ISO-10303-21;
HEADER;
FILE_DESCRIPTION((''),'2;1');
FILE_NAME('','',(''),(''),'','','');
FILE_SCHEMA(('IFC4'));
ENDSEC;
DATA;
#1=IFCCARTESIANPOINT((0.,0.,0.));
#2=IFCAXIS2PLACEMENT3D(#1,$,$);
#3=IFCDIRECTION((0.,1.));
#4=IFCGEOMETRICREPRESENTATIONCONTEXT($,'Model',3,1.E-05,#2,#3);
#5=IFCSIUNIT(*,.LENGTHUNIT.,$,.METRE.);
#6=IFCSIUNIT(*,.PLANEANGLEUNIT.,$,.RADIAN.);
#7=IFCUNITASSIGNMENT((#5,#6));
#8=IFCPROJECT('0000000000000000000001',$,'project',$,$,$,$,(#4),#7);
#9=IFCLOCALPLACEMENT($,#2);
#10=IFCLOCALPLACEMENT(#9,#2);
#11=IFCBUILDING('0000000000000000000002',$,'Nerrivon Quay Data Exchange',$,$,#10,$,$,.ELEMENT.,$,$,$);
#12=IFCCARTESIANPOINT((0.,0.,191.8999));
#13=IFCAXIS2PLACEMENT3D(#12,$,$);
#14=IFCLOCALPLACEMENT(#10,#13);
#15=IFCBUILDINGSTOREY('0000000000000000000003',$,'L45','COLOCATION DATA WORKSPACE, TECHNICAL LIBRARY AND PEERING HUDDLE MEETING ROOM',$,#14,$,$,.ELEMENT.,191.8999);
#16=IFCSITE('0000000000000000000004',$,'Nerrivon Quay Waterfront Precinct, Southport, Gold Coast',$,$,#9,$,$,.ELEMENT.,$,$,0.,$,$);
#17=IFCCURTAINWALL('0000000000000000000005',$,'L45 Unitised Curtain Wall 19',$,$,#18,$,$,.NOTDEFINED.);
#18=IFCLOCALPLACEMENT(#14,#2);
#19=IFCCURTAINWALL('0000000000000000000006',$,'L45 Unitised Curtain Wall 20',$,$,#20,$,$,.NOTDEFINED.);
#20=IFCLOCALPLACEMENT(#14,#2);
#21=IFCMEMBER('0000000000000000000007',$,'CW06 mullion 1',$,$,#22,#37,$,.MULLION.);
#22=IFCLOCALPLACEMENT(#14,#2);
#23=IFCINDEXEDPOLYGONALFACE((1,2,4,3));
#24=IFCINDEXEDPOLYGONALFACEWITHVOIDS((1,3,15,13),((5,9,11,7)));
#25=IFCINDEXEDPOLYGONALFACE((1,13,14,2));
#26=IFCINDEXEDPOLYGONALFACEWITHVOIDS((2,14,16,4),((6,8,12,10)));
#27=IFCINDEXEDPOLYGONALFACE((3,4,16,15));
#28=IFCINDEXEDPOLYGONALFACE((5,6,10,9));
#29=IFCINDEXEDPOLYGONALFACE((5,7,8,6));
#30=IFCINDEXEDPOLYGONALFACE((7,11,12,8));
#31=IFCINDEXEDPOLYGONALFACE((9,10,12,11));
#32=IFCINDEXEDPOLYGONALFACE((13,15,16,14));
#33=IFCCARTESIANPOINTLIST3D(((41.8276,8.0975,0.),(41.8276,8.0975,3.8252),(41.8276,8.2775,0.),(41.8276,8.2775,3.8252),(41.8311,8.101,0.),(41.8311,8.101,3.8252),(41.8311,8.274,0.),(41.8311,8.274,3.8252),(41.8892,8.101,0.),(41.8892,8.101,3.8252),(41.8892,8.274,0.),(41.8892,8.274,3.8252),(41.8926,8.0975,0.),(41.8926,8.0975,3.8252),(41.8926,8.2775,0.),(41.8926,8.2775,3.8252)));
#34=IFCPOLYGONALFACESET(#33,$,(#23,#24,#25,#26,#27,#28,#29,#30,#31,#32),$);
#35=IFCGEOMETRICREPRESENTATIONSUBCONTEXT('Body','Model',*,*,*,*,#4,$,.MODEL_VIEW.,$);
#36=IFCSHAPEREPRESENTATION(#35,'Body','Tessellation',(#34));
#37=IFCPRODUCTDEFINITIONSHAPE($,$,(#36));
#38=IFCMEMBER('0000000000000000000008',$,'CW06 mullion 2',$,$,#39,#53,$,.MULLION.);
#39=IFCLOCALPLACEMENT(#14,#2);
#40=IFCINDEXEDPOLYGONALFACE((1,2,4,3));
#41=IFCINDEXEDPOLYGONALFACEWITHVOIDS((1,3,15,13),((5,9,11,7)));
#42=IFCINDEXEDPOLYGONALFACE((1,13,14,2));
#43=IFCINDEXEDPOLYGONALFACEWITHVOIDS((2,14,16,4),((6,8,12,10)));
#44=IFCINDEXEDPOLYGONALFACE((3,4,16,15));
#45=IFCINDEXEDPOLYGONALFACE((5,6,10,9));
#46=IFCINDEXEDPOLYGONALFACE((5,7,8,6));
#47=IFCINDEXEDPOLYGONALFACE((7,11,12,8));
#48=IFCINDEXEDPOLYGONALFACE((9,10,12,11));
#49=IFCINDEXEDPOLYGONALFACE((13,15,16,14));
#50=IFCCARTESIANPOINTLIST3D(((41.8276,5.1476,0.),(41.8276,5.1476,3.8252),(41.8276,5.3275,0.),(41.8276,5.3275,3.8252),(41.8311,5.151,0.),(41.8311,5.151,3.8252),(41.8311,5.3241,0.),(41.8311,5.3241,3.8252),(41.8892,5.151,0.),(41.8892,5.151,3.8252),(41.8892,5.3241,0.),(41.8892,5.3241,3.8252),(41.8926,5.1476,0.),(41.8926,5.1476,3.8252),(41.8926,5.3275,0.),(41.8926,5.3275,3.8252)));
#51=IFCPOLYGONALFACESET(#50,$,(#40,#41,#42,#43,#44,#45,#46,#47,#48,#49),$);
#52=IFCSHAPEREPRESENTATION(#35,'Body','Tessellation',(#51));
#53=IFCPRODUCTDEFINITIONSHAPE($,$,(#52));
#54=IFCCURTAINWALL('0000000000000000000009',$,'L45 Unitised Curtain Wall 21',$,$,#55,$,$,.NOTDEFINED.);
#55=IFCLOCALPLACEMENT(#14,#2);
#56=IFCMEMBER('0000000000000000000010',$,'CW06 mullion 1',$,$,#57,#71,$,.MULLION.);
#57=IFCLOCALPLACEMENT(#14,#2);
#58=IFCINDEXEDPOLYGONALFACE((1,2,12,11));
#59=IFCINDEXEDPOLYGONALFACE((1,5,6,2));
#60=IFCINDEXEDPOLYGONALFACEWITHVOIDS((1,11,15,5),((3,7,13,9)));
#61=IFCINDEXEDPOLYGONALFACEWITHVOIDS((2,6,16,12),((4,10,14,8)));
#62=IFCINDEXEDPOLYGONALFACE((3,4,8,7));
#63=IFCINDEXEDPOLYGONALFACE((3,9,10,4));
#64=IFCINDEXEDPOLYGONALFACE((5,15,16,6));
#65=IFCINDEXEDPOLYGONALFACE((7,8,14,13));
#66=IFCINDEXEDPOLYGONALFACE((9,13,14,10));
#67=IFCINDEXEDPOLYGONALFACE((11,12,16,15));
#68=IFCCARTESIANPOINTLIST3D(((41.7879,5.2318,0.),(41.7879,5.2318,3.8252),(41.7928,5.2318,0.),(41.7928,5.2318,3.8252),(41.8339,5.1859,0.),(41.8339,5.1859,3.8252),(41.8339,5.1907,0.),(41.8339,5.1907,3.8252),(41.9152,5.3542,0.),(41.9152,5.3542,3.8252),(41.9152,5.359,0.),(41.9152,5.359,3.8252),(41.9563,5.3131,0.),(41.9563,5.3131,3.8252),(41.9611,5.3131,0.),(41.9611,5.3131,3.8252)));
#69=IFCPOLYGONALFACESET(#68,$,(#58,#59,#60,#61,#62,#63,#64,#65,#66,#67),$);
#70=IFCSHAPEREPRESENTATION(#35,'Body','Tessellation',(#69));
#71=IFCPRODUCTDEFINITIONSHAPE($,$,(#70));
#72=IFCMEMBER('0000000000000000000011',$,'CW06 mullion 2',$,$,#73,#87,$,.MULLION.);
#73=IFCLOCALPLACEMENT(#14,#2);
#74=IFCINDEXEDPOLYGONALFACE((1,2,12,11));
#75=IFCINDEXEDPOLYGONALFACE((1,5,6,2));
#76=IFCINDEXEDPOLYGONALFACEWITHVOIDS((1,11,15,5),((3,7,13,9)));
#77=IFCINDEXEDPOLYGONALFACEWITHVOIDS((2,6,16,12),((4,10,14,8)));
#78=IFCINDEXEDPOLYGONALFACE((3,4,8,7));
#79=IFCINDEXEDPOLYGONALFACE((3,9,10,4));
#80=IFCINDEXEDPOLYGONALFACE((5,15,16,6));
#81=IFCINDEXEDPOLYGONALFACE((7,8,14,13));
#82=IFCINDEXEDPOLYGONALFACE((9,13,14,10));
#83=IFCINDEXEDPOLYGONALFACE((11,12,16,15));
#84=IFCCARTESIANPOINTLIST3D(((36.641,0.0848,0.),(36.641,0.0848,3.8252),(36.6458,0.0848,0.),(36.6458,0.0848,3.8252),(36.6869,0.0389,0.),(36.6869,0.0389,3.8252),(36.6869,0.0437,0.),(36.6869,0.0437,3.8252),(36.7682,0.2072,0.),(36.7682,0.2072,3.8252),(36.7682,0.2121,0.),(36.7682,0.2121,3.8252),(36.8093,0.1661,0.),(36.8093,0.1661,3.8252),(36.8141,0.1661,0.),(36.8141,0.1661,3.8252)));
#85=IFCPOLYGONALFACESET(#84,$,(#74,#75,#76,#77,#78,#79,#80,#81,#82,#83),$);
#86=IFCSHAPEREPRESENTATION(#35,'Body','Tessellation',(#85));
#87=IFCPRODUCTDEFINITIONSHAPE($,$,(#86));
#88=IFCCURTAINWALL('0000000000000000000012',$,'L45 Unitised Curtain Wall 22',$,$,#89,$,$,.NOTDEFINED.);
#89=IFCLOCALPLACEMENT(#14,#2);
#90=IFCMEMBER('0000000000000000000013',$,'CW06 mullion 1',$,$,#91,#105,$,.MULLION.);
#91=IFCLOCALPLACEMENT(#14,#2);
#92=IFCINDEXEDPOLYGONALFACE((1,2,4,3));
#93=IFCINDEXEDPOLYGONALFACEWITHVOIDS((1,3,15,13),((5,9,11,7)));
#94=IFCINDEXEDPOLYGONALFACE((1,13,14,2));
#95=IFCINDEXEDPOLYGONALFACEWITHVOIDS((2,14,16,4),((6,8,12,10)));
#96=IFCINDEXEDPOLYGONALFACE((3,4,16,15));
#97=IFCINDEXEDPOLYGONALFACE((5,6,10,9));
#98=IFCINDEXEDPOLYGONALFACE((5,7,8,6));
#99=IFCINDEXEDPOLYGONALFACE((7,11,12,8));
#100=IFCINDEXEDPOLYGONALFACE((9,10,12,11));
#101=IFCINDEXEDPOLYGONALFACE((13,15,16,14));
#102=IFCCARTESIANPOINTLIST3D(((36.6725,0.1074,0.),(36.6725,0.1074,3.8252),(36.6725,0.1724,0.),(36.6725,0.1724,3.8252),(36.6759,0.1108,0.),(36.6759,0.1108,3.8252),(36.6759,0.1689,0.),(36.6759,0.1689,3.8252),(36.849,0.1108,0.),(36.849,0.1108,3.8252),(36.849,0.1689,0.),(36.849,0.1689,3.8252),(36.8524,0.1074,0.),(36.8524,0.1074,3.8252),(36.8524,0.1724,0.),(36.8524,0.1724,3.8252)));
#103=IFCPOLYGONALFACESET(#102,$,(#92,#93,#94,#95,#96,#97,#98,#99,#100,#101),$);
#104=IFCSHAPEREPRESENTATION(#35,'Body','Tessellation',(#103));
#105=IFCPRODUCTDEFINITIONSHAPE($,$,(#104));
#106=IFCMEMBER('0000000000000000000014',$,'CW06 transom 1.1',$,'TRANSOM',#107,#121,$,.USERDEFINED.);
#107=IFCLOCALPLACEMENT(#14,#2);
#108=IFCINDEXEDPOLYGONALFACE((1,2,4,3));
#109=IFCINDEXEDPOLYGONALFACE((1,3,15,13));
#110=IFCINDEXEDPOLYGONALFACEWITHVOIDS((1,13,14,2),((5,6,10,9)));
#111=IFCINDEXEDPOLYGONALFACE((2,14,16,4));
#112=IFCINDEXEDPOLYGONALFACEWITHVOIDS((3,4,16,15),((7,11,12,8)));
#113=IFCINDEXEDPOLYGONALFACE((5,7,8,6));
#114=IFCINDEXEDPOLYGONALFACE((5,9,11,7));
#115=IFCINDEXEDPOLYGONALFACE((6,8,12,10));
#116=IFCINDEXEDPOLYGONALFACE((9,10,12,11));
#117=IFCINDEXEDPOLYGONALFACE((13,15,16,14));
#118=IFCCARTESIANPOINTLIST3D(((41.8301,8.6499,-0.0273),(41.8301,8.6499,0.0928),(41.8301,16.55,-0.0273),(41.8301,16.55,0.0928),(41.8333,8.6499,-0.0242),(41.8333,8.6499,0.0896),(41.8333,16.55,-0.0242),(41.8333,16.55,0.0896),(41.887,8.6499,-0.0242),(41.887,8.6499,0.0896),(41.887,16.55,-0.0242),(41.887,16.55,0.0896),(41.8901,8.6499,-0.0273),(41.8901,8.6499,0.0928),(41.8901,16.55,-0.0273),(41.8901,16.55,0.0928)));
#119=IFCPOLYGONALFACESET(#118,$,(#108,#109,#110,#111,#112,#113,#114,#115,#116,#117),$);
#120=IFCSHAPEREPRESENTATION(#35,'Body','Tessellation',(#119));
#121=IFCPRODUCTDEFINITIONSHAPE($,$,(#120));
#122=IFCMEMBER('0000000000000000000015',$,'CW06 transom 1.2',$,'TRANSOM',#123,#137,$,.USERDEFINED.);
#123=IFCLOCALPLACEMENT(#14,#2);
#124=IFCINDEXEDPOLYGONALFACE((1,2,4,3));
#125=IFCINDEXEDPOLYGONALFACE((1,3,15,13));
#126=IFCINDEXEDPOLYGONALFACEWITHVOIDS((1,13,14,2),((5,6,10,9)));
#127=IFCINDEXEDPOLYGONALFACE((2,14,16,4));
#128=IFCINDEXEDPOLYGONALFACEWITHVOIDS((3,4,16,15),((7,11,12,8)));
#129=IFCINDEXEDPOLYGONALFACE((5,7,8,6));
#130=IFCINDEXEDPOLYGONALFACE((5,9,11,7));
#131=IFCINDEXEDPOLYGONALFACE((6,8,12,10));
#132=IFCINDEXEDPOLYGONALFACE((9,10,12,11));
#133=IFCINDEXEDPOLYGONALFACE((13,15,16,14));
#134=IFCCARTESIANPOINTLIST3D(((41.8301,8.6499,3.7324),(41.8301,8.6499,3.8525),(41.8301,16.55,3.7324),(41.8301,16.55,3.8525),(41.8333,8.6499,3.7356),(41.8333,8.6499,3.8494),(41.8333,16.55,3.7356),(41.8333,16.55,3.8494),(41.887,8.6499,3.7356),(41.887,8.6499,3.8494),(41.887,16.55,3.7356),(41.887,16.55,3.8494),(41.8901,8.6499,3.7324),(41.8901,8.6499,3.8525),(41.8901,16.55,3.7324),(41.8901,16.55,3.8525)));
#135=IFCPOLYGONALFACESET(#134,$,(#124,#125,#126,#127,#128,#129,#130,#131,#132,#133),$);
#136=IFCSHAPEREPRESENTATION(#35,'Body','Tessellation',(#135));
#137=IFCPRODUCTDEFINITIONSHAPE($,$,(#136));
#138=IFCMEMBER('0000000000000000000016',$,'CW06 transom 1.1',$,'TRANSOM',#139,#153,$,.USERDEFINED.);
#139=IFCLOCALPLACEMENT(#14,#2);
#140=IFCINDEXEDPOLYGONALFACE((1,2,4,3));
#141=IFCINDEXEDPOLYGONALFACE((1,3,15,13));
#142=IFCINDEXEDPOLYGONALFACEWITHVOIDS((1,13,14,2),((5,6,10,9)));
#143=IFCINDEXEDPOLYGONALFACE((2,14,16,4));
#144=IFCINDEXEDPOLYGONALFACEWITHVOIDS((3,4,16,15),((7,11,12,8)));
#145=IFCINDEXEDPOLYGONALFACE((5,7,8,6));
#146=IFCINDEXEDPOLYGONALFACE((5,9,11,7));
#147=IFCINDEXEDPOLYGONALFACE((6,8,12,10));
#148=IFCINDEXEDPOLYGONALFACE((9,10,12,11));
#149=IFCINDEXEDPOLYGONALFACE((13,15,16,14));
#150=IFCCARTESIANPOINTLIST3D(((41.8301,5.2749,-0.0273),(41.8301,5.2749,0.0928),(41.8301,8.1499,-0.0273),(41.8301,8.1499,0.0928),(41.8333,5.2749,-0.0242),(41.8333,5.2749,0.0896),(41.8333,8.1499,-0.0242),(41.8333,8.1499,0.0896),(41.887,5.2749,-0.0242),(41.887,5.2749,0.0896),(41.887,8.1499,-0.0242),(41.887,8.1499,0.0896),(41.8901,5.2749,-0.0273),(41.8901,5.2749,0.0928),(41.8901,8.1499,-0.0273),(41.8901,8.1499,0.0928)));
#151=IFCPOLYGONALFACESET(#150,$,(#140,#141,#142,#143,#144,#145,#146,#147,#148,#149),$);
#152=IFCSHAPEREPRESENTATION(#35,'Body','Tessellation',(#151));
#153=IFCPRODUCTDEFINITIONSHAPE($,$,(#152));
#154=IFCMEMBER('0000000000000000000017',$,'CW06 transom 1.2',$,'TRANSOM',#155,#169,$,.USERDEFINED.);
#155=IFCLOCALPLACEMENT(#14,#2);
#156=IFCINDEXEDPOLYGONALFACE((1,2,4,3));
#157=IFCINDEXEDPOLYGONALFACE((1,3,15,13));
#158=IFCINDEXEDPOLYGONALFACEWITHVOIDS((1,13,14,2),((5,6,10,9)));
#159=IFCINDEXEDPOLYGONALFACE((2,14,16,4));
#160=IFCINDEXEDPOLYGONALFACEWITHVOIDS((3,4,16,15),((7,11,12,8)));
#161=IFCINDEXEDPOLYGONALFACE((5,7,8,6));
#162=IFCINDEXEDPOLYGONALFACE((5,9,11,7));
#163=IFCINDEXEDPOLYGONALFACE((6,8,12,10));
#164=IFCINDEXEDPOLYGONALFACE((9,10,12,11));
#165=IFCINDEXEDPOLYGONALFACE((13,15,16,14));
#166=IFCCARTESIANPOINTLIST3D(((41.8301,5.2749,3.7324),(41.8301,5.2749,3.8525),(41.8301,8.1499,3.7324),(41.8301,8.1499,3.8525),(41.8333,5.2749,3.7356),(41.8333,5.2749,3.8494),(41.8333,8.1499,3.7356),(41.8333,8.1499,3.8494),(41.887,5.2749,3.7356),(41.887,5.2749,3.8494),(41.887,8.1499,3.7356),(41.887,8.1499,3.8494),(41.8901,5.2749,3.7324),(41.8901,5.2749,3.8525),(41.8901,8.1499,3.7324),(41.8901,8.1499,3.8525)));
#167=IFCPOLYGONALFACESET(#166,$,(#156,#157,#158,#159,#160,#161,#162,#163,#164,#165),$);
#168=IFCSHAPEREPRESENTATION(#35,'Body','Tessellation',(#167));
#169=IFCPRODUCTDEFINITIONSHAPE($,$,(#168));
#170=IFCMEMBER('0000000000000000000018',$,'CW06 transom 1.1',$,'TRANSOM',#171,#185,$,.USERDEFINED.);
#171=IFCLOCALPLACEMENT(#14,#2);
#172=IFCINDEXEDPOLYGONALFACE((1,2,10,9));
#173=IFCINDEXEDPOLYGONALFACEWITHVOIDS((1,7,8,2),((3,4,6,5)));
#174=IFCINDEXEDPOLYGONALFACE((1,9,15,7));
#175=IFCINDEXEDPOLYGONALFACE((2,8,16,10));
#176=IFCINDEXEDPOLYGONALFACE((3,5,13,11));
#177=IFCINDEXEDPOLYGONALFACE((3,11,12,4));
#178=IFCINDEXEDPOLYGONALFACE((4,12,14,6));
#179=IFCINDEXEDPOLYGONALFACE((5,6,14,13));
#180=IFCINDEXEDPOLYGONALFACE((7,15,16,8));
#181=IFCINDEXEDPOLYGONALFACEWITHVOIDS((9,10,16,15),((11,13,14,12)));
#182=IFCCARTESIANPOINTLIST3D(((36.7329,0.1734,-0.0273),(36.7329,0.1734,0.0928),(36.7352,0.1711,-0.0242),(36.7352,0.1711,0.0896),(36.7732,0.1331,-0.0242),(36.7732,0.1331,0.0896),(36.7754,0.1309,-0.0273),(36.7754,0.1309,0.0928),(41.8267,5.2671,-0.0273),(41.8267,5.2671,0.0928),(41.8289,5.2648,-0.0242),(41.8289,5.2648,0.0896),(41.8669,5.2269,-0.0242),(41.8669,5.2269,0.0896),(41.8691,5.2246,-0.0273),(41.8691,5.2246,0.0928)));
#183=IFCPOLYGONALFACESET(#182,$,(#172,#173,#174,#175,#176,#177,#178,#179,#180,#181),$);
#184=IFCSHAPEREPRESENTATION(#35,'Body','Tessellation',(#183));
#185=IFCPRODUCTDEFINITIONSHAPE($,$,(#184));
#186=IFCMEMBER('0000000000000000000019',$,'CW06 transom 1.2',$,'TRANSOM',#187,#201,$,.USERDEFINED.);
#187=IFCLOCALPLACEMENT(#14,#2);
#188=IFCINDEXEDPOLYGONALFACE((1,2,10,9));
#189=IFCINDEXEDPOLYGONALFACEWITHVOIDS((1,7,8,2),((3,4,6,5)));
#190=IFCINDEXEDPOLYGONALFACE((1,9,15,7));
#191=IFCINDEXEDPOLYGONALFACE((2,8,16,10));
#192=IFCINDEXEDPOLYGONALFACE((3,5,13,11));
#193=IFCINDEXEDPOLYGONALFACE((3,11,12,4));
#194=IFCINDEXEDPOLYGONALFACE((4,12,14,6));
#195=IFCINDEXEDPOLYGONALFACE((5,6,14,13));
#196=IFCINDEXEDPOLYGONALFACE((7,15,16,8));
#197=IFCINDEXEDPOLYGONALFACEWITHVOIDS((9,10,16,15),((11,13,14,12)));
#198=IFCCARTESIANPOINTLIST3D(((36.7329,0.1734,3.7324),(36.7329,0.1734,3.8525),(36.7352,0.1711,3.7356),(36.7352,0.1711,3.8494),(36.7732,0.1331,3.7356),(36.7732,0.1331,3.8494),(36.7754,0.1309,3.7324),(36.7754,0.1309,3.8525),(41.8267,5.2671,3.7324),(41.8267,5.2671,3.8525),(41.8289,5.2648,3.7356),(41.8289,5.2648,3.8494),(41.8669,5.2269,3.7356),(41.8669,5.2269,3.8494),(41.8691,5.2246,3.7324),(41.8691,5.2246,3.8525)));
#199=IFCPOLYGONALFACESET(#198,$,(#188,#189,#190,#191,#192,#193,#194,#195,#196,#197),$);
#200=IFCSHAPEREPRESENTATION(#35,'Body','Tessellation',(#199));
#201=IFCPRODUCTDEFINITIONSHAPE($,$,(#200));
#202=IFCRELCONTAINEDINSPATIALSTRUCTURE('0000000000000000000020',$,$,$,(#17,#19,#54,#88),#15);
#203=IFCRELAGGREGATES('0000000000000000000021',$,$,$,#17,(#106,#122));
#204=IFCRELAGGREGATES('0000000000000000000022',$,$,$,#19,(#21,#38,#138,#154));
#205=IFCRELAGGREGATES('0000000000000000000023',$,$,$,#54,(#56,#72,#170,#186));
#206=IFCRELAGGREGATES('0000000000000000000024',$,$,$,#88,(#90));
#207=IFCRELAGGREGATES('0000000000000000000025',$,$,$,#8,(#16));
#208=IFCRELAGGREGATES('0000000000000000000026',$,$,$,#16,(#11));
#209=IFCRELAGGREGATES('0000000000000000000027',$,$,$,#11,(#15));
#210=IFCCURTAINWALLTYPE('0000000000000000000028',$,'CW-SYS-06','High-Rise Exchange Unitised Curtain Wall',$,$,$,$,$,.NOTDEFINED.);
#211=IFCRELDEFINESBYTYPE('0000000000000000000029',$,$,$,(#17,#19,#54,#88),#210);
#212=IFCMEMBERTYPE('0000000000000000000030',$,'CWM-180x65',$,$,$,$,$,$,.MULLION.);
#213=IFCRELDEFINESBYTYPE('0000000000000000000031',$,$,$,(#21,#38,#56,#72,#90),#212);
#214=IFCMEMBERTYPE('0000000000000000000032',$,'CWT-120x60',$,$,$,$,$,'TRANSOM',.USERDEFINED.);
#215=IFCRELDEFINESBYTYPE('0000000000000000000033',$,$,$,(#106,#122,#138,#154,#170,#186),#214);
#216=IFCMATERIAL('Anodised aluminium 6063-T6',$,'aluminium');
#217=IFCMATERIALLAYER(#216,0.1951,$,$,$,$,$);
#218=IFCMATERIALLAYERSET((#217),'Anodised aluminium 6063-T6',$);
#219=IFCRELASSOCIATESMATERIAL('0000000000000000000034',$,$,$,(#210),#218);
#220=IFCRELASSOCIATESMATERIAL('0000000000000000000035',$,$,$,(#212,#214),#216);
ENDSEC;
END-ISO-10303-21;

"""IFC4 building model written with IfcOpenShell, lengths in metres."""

from ifc_helpers import new_model, si_unit, direction, frame, origin, origin_2d, place, context, subcontext, project, spatial, hollow_rectangle, extrude, material, layer, layer_set, material_profile, profile_set, type_object, element, aggregate, save


model = new_model("IFC4")

# Units and contexts
model_context = context("Model", 3, precision=1e-05, world=origin(), true_north=direction((0.0, 1.0)))
body_context = subcontext(model_context, "Body", "Model", "MODEL_VIEW")
ifc_project = project(units=[si_unit("LENGTHUNIT", "METRE"), si_unit("PLANEANGLEUNIT", "RADIAN")], contexts=[model_context])

# Site, building, storey
site_placement = place(None, origin())
site = spatial("IfcSite", under=ifc_project, at=site_placement, Name="Nerrivon Quay Waterfront Precinct, Southport, Gold Coast", CompositionType="ELEMENT", RefElevation=0.0)
building_placement = place(site_placement, origin())
building = spatial("IfcBuilding", under=site, at=building_placement, Name="Nerrivon Quay Data Exchange", CompositionType="ELEMENT")
storey_placement = place(building_placement, frame((0.0, 0.0, 191.8999)))
storey = spatial("IfcBuildingStorey", under=building, at=storey_placement, Name="L45", Description="COLOCATION DATA WORKSPACE, TECHNICAL LIBRARY AND PEERING HUDDLE MEETING ROOM", CompositionType="ELEMENT", Elevation=191.8999)

# Curtain walls, members
ifc_material_1 = material(Name="Anodised aluminium 6063-T6", Category="aluminium")
ifc_layer_1 = layer(ifc_material_1, 0.1951)
ifc_layer_set_1 = layer_set([ifc_layer_1], Name="Anodised aluminium 6063-T6")
curtain_wall_type = type_object("IfcCurtainWallType", Name="CW-SYS-06", Description="High-Rise Exchange Unitised Curtain Wall", PredefinedType="NOTDEFINED", material=ifc_layer_set_1)
curtain_wall_1_placement = place(storey_placement, origin())
curtain_wall_1 = element("IfcCurtainWall", 1, at=curtain_wall_1_placement, inside=storey, type_object=curtain_wall_type, Name="L45 Unitised Curtain Wall 19", PredefinedType="NOTDEFINED")
ifc_material_profile_1 = material_profile(ifc_material_1, hollow_rectangle(XDim=0.0649, YDim=0.1799, WallThickness=0.0034, at=origin_2d()), Name="ALU-MULL-180x65")
ifc_profile_set_1 = profile_set([ifc_material_profile_1], Name="Anodised aluminium 6063-T6")
member_type_1 = type_object("IfcMemberType", Name="CWM-180x65", PredefinedType="MULLION", material=ifc_profile_set_1)
curtain_wall_2_placement = place(storey_placement, origin())
curtain_wall_2 = element("IfcCurtainWall", 2, at=curtain_wall_2_placement, inside=storey, type_object=curtain_wall_type, Name="L45 Unitised Curtain Wall 20", PredefinedType="NOTDEFINED")
member_1_placement = place(storey_placement, frame((41.8601, 8.1875, 0.0), z_axis=(0.0, 0.0, 1.0), x_axis=(1.0, 0.0, 0.0)))
member_1 = element("IfcMember", 3, at=member_1_placement, type_object=member_type_1, Name="CW06 mullion 1", PredefinedType="MULLION", context=body_context, shape_type="SweptSolid", body=[
    extrude(hollow_rectangle(XDim=0.0649, YDim=0.1799, WallThickness=0.0034, at=origin_2d()), origin(), (0.0, 0.0, 1.0), 3.8252),
])
member_2_placement = place(storey_placement, frame((41.8601, 5.2375, 0.0), z_axis=(0.0, 0.0, 1.0), x_axis=(1.0, 0.0, 0.0)))
member_2 = element("IfcMember", 4, at=member_2_placement, type_object=member_type_1, Name="CW06 mullion 2", PredefinedType="MULLION", context=body_context, shape_type="SweptSolid", body=[
    extrude(hollow_rectangle(XDim=0.0649, YDim=0.1799, WallThickness=0.0034, at=origin_2d()), origin(), (0.0, 0.0, 1.0), 3.8252),
])
curtain_wall_3_placement = place(storey_placement, origin())
curtain_wall_3 = element("IfcCurtainWall", 5, at=curtain_wall_3_placement, inside=storey, type_object=curtain_wall_type, Name="L45 Unitised Curtain Wall 21", PredefinedType="NOTDEFINED")
member_3_placement = place(storey_placement, frame((41.8745, 5.2725, 0.0), z_axis=(0.0, 0.0, 1.0), x_axis=(0.707107, -0.707107, 0.0)))
member_3 = element("IfcMember", 6, at=member_3_placement, type_object=member_type_1, Name="CW06 mullion 1", PredefinedType="MULLION", context=body_context, shape_type="SweptSolid", body=[
    extrude(hollow_rectangle(XDim=0.0649, YDim=0.1799, WallThickness=0.0034, at=origin_2d()), origin(), (0.0, 0.0, 1.0), 3.8252),
])
member_4_placement = place(storey_placement, frame((36.7275, 0.1255, 0.0), z_axis=(0.0, 0.0, 1.0), x_axis=(0.707107, -0.707107, 0.0)))
member_4 = element("IfcMember", 7, at=member_4_placement, type_object=member_type_1, Name="CW06 mullion 2", PredefinedType="MULLION", context=body_context, shape_type="SweptSolid", body=[
    extrude(hollow_rectangle(XDim=0.0649, YDim=0.1799, WallThickness=0.0034, at=origin_2d()), origin(), (0.0, 0.0, 1.0), 3.8252),
])

# Curtain wall, member
curtain_wall_4_placement = place(storey_placement, origin())
curtain_wall_4 = element("IfcCurtainWall", 8, at=curtain_wall_4_placement, inside=storey, type_object=curtain_wall_type, Name="L45 Unitised Curtain Wall 22", PredefinedType="NOTDEFINED")
member_5_placement = place(storey_placement, frame((36.7625, 0.1399, 0.0), z_axis=(0.0, 0.0, 1.0), x_axis=(0.0, -1.0, 0.0)))
member_5 = element("IfcMember", 9, at=member_5_placement, type_object=member_type_1, Name="CW06 mullion 1", PredefinedType="MULLION", context=body_context, shape_type="SweptSolid", body=[
    extrude(hollow_rectangle(XDim=0.0649, YDim=0.1799, WallThickness=0.0034, at=origin_2d()), origin(), (0.0, 0.0, 1.0), 3.8252),
])

# Members
ifc_material_profile_2 = material_profile(ifc_material_1, hollow_rectangle(XDim=0.0601, YDim=0.1201, WallThickness=0.0032, at=origin_2d()), Name="ALU-TRAN-120x60")
ifc_profile_set_2 = profile_set([ifc_material_profile_2], Name="Anodised aluminium 6063-T6")
member_type_2 = type_object("IfcMemberType", Name="CWT-120x60", ElementType="TRANSOM", PredefinedType="USERDEFINED", material=ifc_profile_set_2)
member_6_placement = place(storey_placement, frame((41.8601, 16.55, 0.0327), z_axis=(0.0, -1.0, 0.0), x_axis=(1.0, 0.0, 0.0)))
member_6 = element("IfcMember", 10, at=member_6_placement, type_object=member_type_2, Name="CW06 transom 1.1", ObjectType="TRANSOM", PredefinedType="USERDEFINED", context=body_context, shape_type="SweptSolid", body=[
    extrude(hollow_rectangle(XDim=0.0601, YDim=0.1201, WallThickness=0.0032, at=origin_2d()), origin(), (0.0, 0.0, 1.0), 7.9001),
])
member_7_placement = place(storey_placement, frame((41.8601, 16.55, 3.7925), z_axis=(0.0, -1.0, 0.0), x_axis=(1.0, 0.0, 0.0)))
member_7 = element("IfcMember", 11, at=member_7_placement, type_object=member_type_2, Name="CW06 transom 1.2", ObjectType="TRANSOM", PredefinedType="USERDEFINED", context=body_context, shape_type="SweptSolid", body=[
    extrude(hollow_rectangle(XDim=0.0601, YDim=0.1201, WallThickness=0.0032, at=origin_2d()), origin(), (0.0, 0.0, 1.0), 7.9001),
])
member_8_placement = place(storey_placement, frame((41.8601, 8.1499, 0.0327), z_axis=(0.0, -1.0, 0.0), x_axis=(1.0, 0.0, 0.0)))
member_8 = element("IfcMember", 12, at=member_8_placement, type_object=member_type_2, Name="CW06 transom 1.1", ObjectType="TRANSOM", PredefinedType="USERDEFINED", context=body_context, shape_type="SweptSolid", body=[
    extrude(hollow_rectangle(XDim=0.0601, YDim=0.1201, WallThickness=0.0032, at=origin_2d()), origin(), (0.0, 0.0, 1.0), 2.875),
])
member_9_placement = place(storey_placement, frame((41.8601, 8.1499, 3.7925), z_axis=(0.0, -1.0, 0.0), x_axis=(1.0, 0.0, 0.0)))
member_9 = element("IfcMember", 13, at=member_9_placement, type_object=member_type_2, Name="CW06 transom 1.2", ObjectType="TRANSOM", PredefinedType="USERDEFINED", context=body_context, shape_type="SweptSolid", body=[
    extrude(hollow_rectangle(XDim=0.0601, YDim=0.1201, WallThickness=0.0032, at=origin_2d()), origin(), (0.0, 0.0, 1.0), 2.875),
])
member_10_placement = place(storey_placement, frame((41.8479, 5.2458, 0.0327), z_axis=(-0.707107, -0.707107, 0.0), x_axis=(0.707107, -0.707107, 0.0)))
member_10 = element("IfcMember", 14, at=member_10_placement, type_object=member_type_2, Name="CW06 transom 1.1", ObjectType="TRANSOM", PredefinedType="USERDEFINED", context=body_context, shape_type="SweptSolid", body=[
    extrude(hollow_rectangle(XDim=0.0601, YDim=0.1201, WallThickness=0.0032, at=origin_2d()), origin(), (0.0, 0.0, 1.0), 7.2036),
])
member_11_placement = place(storey_placement, frame((41.8479, 5.2458, 3.7925), z_axis=(-0.707107, -0.707107, 0.0), x_axis=(0.707107, -0.707107, 0.0)))
member_11 = element("IfcMember", 15, at=member_11_placement, type_object=member_type_2, Name="CW06 transom 1.2", ObjectType="TRANSOM", PredefinedType="USERDEFINED", context=body_context, shape_type="SweptSolid", body=[
    extrude(hollow_rectangle(XDim=0.0601, YDim=0.1201, WallThickness=0.0032, at=origin_2d()), origin(), (0.0, 0.0, 1.0), 7.2036),
])

aggregate(curtain_wall_1, [member_6, member_7])
aggregate(curtain_wall_2, [member_1, member_2, member_8, member_9])
aggregate(curtain_wall_3, [member_3, member_4, member_10, member_11])
aggregate(curtain_wall_4, [member_5])

save(model, "model.ifc")
